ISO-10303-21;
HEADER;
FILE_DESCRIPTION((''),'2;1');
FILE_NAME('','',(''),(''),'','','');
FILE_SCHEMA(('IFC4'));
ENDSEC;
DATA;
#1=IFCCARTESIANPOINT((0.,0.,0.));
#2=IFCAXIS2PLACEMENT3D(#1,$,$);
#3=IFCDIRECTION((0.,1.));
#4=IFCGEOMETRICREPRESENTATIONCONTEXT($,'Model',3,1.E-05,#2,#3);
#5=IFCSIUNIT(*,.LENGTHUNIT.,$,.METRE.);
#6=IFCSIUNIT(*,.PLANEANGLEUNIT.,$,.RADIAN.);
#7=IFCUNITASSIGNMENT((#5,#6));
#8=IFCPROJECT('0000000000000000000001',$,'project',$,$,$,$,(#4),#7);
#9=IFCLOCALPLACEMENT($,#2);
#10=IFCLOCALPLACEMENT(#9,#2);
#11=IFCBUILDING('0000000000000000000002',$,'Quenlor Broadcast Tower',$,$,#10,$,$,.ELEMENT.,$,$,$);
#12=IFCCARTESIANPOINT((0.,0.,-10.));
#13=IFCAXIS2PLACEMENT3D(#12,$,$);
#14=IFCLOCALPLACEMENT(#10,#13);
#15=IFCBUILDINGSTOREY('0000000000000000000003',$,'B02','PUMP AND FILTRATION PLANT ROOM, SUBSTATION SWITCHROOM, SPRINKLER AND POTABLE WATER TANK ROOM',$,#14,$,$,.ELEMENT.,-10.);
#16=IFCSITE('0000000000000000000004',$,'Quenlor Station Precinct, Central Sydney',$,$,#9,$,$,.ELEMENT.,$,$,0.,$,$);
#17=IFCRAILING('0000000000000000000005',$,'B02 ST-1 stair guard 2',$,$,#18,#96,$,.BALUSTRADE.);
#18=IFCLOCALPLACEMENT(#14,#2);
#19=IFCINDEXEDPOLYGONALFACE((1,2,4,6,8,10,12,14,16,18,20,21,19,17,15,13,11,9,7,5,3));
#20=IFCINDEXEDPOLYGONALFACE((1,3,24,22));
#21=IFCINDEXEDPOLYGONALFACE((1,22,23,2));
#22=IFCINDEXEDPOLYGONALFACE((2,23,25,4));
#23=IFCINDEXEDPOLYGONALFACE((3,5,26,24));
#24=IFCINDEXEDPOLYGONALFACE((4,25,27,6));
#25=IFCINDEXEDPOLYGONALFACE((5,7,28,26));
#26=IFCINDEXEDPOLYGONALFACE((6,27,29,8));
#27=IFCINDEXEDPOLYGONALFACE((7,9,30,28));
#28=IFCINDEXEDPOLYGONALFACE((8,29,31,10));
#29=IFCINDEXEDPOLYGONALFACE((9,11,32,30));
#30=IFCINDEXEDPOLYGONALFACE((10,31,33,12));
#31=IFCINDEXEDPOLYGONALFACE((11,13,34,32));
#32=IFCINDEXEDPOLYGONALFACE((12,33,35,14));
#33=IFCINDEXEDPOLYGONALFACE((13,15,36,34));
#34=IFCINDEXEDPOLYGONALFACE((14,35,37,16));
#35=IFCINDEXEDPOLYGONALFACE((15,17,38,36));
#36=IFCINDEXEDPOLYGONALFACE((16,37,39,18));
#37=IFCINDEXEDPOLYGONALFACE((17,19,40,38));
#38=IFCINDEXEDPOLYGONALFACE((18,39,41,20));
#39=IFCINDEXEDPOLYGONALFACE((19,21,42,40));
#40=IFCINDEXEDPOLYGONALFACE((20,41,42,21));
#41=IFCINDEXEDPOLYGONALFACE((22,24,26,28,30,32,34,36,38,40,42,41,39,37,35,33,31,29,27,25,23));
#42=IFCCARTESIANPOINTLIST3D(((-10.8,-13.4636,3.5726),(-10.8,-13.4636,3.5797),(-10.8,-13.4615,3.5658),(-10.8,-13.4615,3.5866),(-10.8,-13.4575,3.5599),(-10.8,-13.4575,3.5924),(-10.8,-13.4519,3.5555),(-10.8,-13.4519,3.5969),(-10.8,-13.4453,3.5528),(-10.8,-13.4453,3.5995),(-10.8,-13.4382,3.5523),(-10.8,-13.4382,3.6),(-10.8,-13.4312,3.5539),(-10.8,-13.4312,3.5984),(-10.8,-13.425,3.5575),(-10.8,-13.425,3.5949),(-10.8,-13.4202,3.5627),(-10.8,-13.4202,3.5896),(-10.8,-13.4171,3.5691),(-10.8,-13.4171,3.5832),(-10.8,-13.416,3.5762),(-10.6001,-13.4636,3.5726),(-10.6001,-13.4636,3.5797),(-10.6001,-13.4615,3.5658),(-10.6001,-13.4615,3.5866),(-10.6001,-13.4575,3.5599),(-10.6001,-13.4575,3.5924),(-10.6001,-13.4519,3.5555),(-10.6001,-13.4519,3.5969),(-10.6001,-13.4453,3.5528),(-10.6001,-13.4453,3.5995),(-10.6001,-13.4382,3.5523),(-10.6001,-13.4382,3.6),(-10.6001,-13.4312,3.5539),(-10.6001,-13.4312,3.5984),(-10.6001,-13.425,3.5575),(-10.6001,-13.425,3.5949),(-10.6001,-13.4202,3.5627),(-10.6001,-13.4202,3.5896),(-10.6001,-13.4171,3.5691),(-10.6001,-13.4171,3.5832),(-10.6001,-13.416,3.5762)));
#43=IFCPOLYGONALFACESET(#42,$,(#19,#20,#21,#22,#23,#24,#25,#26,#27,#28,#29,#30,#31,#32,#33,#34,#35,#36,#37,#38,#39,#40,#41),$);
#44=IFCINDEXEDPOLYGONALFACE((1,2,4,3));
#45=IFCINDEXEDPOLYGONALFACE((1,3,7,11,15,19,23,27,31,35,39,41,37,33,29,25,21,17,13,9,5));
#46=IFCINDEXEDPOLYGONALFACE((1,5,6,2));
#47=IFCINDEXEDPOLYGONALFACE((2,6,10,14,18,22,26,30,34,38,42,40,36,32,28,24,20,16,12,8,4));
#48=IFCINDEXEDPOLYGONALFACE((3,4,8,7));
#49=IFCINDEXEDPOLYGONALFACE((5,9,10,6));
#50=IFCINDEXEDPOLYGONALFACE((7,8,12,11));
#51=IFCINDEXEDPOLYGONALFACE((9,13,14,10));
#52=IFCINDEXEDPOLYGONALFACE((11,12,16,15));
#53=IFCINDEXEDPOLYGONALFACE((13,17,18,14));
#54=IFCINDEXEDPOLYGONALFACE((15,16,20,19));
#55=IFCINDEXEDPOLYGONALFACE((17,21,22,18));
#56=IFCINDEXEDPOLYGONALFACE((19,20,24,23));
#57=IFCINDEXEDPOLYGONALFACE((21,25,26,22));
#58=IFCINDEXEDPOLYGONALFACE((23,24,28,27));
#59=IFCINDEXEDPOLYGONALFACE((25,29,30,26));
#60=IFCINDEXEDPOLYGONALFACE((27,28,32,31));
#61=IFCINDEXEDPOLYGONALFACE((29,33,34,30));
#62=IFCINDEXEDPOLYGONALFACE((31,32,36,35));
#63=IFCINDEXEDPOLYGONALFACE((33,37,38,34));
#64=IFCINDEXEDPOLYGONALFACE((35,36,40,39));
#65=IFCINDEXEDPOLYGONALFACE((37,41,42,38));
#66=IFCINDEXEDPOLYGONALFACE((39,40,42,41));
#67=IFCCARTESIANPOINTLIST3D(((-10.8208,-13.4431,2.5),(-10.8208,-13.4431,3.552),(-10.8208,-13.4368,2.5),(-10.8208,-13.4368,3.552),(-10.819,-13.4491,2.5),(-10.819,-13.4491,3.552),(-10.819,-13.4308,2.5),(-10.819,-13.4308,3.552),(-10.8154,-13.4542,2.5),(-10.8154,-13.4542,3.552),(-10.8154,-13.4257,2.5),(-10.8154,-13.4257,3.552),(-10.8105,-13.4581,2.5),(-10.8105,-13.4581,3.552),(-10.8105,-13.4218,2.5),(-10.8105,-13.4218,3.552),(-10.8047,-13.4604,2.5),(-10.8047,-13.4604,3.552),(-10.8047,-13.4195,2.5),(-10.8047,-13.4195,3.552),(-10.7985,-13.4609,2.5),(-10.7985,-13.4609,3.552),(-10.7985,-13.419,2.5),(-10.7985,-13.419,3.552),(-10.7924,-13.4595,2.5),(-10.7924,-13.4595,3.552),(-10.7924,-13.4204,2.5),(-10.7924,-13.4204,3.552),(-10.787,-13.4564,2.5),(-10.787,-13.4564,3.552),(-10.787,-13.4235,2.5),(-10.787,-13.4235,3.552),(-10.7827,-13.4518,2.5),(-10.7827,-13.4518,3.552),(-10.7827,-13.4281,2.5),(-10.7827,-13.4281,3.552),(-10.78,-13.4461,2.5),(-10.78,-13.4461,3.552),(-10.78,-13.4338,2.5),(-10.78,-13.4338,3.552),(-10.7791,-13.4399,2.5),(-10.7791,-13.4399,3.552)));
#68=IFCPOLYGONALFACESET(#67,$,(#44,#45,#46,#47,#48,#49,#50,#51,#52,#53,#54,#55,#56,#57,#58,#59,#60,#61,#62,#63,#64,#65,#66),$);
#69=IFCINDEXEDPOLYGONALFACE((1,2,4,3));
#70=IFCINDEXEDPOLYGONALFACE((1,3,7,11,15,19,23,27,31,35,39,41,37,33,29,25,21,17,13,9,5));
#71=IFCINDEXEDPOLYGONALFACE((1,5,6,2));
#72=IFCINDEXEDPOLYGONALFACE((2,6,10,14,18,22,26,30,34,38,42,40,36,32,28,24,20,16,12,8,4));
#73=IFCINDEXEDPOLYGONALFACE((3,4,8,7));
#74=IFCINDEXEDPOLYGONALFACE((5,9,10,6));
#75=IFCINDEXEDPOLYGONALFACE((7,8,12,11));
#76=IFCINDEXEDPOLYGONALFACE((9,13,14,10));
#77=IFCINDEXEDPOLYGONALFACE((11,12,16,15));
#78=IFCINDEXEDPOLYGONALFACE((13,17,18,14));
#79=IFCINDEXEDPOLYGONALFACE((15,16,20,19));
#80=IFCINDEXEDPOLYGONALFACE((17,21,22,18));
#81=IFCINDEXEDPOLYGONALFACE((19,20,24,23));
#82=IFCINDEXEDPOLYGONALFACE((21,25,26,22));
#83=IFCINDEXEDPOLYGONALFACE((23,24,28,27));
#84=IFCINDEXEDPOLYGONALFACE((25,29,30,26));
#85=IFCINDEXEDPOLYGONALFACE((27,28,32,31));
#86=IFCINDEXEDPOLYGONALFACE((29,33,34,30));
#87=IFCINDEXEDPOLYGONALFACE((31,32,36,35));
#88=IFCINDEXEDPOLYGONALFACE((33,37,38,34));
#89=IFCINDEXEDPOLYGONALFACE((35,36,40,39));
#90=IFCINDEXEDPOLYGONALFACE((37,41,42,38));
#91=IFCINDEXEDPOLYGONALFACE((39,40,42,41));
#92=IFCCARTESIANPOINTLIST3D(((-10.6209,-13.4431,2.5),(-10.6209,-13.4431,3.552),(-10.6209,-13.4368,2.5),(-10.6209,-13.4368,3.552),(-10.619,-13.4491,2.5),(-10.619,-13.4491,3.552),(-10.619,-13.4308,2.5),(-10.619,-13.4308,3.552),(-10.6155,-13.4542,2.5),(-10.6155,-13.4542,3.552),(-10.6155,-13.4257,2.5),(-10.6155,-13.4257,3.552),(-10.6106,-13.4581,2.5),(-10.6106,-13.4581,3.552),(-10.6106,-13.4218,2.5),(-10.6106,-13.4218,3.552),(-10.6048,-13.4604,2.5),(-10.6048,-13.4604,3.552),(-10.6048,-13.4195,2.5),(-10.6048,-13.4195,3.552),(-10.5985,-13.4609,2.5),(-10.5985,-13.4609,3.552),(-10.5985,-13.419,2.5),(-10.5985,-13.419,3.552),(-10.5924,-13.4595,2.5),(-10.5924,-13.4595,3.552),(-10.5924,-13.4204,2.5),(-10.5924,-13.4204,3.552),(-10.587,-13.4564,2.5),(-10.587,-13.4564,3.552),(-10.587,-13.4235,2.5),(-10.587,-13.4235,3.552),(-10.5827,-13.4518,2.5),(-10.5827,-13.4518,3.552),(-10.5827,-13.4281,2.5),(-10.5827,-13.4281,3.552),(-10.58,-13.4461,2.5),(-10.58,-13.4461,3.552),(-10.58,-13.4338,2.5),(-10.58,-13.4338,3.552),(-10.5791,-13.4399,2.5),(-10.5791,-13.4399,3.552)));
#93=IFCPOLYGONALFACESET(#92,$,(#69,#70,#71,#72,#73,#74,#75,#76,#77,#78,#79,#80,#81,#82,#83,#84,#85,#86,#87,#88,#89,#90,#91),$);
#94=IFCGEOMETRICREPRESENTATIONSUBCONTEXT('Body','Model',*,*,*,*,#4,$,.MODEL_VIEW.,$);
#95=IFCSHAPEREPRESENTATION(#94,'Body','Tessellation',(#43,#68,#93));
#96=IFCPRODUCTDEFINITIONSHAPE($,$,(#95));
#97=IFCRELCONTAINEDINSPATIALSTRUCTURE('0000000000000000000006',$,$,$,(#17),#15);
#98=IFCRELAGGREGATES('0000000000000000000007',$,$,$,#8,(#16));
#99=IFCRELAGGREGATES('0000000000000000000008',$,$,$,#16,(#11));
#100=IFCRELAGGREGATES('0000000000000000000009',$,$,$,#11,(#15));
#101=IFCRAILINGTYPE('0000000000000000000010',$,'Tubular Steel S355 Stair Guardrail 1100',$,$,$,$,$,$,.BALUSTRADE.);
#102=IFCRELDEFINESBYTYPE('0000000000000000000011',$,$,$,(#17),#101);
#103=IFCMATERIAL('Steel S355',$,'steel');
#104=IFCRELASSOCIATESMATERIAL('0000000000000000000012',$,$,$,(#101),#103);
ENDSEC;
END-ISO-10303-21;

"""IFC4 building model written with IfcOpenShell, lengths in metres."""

from ifc_helpers import new_model, si_unit, direction, frame, origin, origin_2d, place, context, subcontext, project, spatial, circle, extrude, material, type_object, element, save


model = new_model("IFC4")

# Units and contexts
model_context = context("Model", 3, precision=1e-05, world=origin(), true_north=direction((0.0, 1.0)))
body_context = subcontext(model_context, "Body", "Model", "MODEL_VIEW")
ifc_project = project(units=[si_unit("LENGTHUNIT", "METRE"), si_unit("PLANEANGLEUNIT", "RADIAN")], contexts=[model_context])

# Site, building, storey
site_placement = place(None, origin())
site = spatial("IfcSite", under=ifc_project, at=site_placement, Name="Quenlor Station Precinct, Central Sydney", CompositionType="ELEMENT", RefElevation=0.0)
building_placement = place(site_placement, origin())
building = spatial("IfcBuilding", under=site, at=building_placement, Name="Quenlor Broadcast Tower", CompositionType="ELEMENT")
storey_placement = place(building_placement, frame((0.0, 0.0, -10.0)))
storey = spatial("IfcBuildingStorey", under=building, at=storey_placement, Name="B02", Description="PUMP AND FILTRATION PLANT ROOM, SUBSTATION SWITCHROOM, SPRINKLER AND POTABLE WATER TANK ROOM", CompositionType="ELEMENT", Elevation=-10.0)

# Railing
ifc_material_1 = material(Name="Steel S355", Category="steel")
railing_type_1 = type_object("IfcRailingType", Name="Tubular Steel S355 Stair Guardrail 1100", PredefinedType="BALUSTRADE", material=ifc_material_1)
railing_1_placement = place(storey_placement, frame((-10.8, -13.4399, 2.5)))
element("IfcRailing", 1, at=railing_1_placement, inside=storey, type_object=railing_type_1, Name="B02 ST-1 stair guard 2", PredefinedType="BALUSTRADE", context=body_context, shape_type="SweptSolid", body=[
    extrude(circle(Radius=0.0239, at=origin_2d()), frame((0.0, 0.0, 1.0762), z_axis=(1.0, 0.0, 0.0), x_axis=(0.0, 1.0, 0.0)), (0.0, 0.0, 1.0), 0.2),
    extrude(circle(Radius=0.021, at=origin_2d()), origin(), (0.0, 0.0, 1.0), 1.052),
    extrude(circle(Radius=0.021, at=origin_2d()), frame((0.2, 0.0, 0.0)), (0.0, 0.0, 1.0), 1.052),
])

save(model, "model.ifc")
